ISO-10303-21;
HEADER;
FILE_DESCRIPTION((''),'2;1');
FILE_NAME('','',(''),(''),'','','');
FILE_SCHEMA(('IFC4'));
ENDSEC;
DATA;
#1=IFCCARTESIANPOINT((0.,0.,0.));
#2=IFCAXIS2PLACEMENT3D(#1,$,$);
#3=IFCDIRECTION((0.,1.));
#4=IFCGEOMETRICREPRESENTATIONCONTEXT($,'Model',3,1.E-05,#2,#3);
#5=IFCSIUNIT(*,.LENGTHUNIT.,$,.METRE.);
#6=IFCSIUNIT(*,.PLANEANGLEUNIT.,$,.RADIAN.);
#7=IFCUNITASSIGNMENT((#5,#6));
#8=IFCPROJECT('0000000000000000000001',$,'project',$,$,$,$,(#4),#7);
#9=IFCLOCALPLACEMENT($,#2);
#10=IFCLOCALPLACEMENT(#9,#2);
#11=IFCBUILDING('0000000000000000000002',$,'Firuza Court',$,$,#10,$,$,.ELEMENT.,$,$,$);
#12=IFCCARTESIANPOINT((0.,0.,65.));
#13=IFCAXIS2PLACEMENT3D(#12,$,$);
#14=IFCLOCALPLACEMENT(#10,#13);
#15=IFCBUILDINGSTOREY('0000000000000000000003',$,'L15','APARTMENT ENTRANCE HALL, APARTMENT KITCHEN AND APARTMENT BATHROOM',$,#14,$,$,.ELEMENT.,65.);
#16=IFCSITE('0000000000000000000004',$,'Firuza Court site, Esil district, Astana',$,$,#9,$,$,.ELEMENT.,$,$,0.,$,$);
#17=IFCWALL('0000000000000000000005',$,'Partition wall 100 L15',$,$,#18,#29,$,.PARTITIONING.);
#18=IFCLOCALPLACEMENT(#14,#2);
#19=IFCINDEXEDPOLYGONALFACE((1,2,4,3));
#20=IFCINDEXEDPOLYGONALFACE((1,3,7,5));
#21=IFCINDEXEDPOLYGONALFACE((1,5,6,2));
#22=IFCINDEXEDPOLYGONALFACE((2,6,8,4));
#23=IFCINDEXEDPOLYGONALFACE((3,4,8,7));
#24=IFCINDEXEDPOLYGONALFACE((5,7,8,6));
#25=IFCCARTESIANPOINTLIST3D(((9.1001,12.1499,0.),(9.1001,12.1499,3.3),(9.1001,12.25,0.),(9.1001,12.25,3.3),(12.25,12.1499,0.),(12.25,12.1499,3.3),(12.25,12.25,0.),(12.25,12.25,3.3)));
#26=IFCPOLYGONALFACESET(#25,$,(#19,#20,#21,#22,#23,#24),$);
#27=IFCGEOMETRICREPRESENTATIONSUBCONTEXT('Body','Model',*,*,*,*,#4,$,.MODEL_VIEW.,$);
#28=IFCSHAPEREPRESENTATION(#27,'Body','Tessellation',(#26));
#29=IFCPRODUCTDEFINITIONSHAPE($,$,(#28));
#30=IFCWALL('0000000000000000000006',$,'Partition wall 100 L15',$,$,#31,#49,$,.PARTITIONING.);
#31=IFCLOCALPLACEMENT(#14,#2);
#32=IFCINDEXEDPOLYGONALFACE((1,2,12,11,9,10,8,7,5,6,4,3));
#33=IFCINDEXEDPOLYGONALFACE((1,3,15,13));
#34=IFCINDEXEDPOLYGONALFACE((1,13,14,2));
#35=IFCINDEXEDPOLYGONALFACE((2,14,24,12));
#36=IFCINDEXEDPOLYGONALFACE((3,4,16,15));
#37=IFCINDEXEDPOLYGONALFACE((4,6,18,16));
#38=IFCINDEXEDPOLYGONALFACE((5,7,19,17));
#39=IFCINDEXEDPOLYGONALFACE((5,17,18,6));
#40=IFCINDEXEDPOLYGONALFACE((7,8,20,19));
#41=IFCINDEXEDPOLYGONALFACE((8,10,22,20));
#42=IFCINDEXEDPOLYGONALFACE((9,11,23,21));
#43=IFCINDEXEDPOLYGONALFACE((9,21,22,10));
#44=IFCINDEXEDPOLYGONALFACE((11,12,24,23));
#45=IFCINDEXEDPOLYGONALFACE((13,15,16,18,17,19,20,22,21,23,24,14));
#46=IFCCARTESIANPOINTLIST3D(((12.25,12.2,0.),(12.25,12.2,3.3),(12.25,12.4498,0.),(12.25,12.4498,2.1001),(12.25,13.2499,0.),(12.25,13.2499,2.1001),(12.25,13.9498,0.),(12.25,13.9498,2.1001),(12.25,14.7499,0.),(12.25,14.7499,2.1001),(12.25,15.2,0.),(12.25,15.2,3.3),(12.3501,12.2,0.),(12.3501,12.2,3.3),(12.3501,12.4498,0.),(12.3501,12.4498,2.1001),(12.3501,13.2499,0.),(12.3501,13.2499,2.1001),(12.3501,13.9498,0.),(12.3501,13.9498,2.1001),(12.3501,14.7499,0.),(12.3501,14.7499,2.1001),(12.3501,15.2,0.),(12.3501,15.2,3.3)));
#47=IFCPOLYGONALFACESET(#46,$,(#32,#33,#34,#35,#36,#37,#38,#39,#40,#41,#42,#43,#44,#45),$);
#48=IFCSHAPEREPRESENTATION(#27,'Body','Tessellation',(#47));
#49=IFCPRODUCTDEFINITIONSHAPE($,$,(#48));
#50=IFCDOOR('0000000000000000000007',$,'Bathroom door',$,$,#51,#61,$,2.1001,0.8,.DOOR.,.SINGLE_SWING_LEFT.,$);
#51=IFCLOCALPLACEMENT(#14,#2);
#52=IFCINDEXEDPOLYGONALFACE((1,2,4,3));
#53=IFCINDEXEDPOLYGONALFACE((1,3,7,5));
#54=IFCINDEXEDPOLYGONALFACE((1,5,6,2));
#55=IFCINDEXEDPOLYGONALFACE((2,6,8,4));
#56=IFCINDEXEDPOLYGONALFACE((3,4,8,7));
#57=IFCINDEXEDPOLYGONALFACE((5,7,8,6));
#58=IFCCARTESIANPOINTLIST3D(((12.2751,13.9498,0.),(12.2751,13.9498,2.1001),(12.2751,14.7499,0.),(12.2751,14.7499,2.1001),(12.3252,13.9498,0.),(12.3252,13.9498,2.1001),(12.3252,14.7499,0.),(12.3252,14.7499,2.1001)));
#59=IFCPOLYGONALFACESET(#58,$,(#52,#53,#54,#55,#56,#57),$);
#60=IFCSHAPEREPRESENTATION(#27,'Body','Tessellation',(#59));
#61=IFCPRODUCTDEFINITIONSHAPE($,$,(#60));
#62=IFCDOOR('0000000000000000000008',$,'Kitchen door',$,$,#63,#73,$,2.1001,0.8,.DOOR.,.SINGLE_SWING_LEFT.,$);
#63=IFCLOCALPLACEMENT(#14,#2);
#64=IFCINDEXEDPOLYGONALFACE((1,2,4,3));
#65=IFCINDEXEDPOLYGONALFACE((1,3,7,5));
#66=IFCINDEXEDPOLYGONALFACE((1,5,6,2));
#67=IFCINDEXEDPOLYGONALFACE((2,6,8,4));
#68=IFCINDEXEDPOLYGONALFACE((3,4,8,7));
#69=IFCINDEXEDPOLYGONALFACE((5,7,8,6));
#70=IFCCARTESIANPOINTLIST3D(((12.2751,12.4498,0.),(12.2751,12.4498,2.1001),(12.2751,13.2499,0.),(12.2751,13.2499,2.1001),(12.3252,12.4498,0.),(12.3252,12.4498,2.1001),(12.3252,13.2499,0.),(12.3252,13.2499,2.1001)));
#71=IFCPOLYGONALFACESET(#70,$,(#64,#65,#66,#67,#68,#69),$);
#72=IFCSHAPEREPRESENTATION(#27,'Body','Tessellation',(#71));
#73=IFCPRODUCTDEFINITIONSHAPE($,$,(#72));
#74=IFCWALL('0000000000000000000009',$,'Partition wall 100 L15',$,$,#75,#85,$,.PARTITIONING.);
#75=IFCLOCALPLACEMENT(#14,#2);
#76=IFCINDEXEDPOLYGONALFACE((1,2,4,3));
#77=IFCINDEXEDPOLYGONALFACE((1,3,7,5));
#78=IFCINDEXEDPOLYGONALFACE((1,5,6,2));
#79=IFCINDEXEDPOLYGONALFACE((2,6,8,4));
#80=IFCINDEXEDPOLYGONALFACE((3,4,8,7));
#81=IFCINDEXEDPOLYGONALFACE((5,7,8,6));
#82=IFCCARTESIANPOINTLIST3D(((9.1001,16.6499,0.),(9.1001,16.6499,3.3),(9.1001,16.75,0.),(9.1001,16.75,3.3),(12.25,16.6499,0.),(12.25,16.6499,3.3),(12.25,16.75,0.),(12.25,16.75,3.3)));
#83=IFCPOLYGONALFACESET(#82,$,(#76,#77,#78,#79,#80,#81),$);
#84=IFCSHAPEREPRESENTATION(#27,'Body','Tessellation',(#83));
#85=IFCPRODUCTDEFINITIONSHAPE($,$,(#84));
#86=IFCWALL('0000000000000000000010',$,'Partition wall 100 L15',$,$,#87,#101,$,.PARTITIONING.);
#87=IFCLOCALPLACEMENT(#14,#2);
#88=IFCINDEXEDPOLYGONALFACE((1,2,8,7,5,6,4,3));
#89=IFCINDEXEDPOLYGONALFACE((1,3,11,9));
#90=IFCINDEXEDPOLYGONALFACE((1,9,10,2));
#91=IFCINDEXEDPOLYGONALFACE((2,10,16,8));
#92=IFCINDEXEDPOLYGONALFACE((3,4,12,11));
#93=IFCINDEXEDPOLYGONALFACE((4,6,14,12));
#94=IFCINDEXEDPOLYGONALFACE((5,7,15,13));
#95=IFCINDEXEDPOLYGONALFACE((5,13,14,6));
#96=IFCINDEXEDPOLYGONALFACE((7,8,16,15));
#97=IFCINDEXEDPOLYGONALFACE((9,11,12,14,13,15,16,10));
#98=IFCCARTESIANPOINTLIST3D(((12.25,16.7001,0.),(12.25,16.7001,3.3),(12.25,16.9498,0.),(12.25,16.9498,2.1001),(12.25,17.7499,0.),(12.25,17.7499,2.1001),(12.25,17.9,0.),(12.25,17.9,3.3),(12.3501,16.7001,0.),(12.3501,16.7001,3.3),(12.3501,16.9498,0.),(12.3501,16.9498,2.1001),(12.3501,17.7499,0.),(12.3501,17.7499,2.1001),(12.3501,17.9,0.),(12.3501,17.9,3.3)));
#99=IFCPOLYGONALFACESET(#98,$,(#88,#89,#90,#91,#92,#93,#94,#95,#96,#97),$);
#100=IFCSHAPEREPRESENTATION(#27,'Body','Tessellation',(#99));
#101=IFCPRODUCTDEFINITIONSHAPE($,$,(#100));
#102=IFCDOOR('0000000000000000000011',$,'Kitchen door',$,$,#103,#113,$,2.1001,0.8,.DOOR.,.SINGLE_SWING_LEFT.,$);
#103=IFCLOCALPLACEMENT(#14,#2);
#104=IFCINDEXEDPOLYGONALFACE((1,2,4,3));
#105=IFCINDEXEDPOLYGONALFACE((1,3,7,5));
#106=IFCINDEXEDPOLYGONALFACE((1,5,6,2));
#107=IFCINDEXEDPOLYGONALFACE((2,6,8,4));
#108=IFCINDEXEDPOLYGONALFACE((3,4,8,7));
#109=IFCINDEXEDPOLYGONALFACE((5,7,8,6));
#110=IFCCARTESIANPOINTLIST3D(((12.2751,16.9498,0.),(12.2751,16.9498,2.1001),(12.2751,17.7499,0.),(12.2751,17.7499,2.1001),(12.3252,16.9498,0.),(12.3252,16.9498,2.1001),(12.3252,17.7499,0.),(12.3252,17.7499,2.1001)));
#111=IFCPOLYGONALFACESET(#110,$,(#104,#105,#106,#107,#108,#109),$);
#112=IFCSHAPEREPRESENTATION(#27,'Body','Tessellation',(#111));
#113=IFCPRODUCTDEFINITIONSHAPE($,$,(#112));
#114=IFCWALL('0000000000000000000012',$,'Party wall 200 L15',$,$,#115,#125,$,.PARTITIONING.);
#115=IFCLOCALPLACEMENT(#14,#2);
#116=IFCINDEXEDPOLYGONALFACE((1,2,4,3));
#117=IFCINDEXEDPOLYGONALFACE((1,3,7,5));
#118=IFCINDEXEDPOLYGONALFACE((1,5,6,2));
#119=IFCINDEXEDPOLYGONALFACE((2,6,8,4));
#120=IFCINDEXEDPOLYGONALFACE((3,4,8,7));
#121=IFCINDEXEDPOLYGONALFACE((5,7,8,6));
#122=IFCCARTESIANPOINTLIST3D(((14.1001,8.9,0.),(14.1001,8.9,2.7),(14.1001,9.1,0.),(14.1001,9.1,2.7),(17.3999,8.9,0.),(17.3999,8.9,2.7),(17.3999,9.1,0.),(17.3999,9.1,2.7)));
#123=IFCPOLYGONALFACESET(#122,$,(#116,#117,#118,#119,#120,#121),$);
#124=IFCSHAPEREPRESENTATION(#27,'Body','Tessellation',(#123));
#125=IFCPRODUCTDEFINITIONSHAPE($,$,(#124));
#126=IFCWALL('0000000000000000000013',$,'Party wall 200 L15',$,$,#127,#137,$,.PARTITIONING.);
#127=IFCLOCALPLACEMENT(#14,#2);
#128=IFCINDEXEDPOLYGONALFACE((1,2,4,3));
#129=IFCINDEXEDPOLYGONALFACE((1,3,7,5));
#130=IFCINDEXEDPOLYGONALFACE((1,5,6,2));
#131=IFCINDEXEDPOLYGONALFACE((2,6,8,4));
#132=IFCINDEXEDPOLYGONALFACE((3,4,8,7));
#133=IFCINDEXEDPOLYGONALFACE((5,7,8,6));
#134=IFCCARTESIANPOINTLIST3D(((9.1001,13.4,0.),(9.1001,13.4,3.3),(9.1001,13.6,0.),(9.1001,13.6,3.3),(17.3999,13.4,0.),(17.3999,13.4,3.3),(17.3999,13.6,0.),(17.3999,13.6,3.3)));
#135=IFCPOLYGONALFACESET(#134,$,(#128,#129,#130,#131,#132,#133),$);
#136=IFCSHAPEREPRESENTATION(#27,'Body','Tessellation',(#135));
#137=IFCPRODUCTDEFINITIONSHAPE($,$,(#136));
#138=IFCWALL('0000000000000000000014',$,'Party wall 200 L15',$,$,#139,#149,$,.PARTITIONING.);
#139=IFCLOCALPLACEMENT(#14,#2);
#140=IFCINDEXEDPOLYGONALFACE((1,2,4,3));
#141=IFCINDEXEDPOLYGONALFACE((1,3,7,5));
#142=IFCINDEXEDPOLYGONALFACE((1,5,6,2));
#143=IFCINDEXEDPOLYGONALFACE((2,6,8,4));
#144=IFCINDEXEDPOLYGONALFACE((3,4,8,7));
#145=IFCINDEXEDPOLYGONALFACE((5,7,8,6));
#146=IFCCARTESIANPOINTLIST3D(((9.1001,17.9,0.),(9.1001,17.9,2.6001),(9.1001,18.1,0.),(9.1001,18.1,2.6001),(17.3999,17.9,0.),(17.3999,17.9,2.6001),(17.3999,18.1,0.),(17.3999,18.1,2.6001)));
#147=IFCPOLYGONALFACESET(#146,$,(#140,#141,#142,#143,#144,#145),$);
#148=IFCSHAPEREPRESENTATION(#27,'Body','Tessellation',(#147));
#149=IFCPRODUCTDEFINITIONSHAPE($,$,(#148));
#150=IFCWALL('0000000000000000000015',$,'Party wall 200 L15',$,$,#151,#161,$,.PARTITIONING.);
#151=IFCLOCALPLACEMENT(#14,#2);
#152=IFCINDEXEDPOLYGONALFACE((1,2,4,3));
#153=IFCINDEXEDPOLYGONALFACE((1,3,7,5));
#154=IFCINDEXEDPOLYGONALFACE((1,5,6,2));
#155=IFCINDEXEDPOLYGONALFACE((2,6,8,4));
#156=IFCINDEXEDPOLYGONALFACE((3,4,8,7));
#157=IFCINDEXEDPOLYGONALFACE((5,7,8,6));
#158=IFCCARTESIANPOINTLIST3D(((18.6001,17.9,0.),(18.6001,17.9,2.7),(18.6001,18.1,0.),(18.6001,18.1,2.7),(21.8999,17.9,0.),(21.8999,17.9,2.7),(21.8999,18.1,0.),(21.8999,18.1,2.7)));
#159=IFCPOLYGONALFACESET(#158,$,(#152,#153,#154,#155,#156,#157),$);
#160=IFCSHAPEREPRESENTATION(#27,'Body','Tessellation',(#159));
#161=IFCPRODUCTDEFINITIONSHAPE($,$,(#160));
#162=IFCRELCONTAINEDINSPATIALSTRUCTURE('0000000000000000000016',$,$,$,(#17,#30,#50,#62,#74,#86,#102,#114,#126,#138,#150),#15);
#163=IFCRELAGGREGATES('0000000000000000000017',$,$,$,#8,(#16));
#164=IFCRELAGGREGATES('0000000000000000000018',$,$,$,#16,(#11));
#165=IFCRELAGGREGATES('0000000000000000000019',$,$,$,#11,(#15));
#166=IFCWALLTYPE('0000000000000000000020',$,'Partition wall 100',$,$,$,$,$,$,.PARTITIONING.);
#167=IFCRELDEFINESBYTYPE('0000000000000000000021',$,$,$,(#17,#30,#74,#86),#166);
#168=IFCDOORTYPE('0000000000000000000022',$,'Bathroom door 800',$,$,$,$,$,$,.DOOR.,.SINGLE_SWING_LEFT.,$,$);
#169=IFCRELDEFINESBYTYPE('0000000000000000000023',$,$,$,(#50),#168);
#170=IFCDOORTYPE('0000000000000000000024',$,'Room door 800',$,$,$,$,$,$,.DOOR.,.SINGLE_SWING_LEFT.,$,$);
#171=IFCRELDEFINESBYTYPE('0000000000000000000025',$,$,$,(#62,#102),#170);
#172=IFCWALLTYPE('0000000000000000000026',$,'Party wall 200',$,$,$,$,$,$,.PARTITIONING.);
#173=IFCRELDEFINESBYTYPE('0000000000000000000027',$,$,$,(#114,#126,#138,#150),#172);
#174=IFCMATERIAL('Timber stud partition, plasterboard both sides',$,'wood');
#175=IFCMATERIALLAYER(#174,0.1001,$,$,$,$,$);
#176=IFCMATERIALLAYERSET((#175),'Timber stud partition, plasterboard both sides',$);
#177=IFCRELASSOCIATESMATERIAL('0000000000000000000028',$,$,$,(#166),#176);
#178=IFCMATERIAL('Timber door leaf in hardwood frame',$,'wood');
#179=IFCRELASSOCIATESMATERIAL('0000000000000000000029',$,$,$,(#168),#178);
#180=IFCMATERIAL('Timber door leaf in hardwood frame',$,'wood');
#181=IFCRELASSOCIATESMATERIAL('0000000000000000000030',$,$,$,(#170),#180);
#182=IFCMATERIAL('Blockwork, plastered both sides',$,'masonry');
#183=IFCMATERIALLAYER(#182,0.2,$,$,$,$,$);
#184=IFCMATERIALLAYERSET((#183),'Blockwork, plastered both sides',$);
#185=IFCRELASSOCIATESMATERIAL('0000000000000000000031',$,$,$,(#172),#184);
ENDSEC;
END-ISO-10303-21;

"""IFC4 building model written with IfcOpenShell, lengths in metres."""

from ifc_helpers import new_model, si_unit, direction, frame, frame_2d, origin, place, context, subcontext, project, spatial, rectangle, extrude, material, layer, layer_set, type_object, element, fill, save


model = new_model("IFC4")

# Units and contexts
model_context = context("Model", 3, precision=1e-05, world=origin(), true_north=direction((0.0, 1.0)))
body_context = subcontext(model_context, "Body", "Model", "MODEL_VIEW")
ifc_project = project(units=[si_unit("LENGTHUNIT", "METRE"), si_unit("PLANEANGLEUNIT", "RADIAN")], contexts=[model_context])

# Site, building, storey
site_placement = place(None, origin())
site = spatial("IfcSite", under=ifc_project, at=site_placement, Name="Firuza Court site, Esil district, Astana", CompositionType="ELEMENT", RefElevation=0.0)
building_placement = place(site_placement, origin())
building = spatial("IfcBuilding", under=site, at=building_placement, Name="Firuza Court", CompositionType="ELEMENT")
storey_placement = place(building_placement, frame((0.0, 0.0, 65.0)))
storey = spatial("IfcBuildingStorey", under=building, at=storey_placement, Name="L15", Description="APARTMENT ENTRANCE HALL, APARTMENT KITCHEN AND APARTMENT BATHROOM", CompositionType="ELEMENT", Elevation=65.0)

# Shared definitions
ifc_material_1 = material(Name="Timber stud partition, plasterboard both sides", Category="wood")
ifc_layer_1 = layer(ifc_material_1, 0.1001)
ifc_layer_set_1 = layer_set([ifc_layer_1], Name="Timber stud partition, plasterboard both sides")
wall_type_1 = type_object("IfcWallType", Name="Partition wall 100", PredefinedType="PARTITIONING", material=ifc_layer_set_1)
ifc_material_2 = material(Name="Timber door leaf in hardwood frame", Category="wood")
door_type_1 = type_object("IfcDoorType", Name="Bathroom door 800", OperationType="SINGLE_SWING_LEFT", PredefinedType="DOOR", material=ifc_material_2)

# Wall
wall_1_placement = place(storey_placement, frame((9.1001, 12.2, 0.0), z_axis=(0.0, 0.0, 1.0), x_axis=(1.0, 0.0, 0.0)))
element("IfcWall", 1, at=wall_1_placement, inside=storey, type_object=wall_type_1, Name="Partition wall 100 L15", PredefinedType="PARTITIONING", context=body_context, shape_type="SweptSolid", body=[
    extrude(rectangle(XDim=3.1499, YDim=0.1001, at=frame_2d((1.575, 0.0))), origin(), (0.0, 0.0, 1.0), 3.3),
])

# Wall, openings, doors
wall_2_placement = place(storey_placement, frame((12.3, 12.2, 0.0), z_axis=(0.0, 0.0, 1.0), x_axis=(0.0, 1.0, 0.0)))
wall_2 = element("IfcWall", 2, at=wall_2_placement, inside=storey, type_object=wall_type_1, Name="Partition wall 100 L15", PredefinedType="PARTITIONING", context=body_context, shape_type="SweptSolid", body=[
    extrude(rectangle(XDim=3.0, YDim=0.1001, at=frame_2d((1.5, 0.0))), origin(), (0.0, 0.0, 1.0), 3.3),
])
opening_1_placement = place(wall_2_placement, frame((1.75, 0.0, 0.0)))
opening_1 = element("IfcOpeningElement", 3, at=opening_1_placement, cuts=wall_2, PredefinedType="OPENING", context=body_context, shape_type="SweptSolid", body=[
    extrude(rectangle(XDim=0.8, YDim=2.1001, at=frame_2d((0.3999, 1.05))), frame((0.0, 0.062, 0.0), z_axis=(0.0, -1.0, 0.0), x_axis=(1.0, 0.0, 0.0)), (0.0, 0.0, 1.0), 0.124),
])
opening_2_placement = place(wall_2_placement, frame((0.25, 0.0, 0.0)))
opening_2 = element("IfcOpeningElement", 4, at=opening_2_placement, cuts=wall_2, PredefinedType="OPENING", context=body_context, shape_type="SweptSolid", body=[
    extrude(rectangle(XDim=0.8, YDim=2.1001, at=frame_2d((0.3999, 1.05))), frame((0.0, 0.062, 0.0), z_axis=(0.0, -1.0, 0.0), x_axis=(1.0, 0.0, 0.0)), (0.0, 0.0, 1.0), 0.124),
])
door_1_placement = place(opening_1_placement, origin())
door_1 = element("IfcDoor", 5, at=door_1_placement, inside=storey, type_object=door_type_1, Name="Bathroom door", OperationType="SINGLE_SWING_LEFT", OverallHeight=2.1001, OverallWidth=0.8, PredefinedType="DOOR", context=body_context, shape_type="SweptSolid", body=[
    extrude(rectangle(XDim=0.8, YDim=2.1001, at=frame_2d((0.3999, 1.05))), frame((0.0, 0.0249, 0.0), z_axis=(0.0, -1.0, 0.0), x_axis=(1.0, 0.0, 0.0)), (0.0, 0.0, 1.0), 0.05),
])
fill(opening_1, door_1)
ifc_material_3 = material(Name="Timber door leaf in hardwood frame", Category="wood")
door_type_2 = type_object("IfcDoorType", Name="Room door 800", OperationType="SINGLE_SWING_LEFT", PredefinedType="DOOR", material=ifc_material_3)
door_2_placement = place(opening_2_placement, origin())
door_2 = element("IfcDoor", 6, at=door_2_placement, inside=storey, type_object=door_type_2, Name="Kitchen door", OperationType="SINGLE_SWING_LEFT", OverallHeight=2.1001, OverallWidth=0.8, PredefinedType="DOOR", context=body_context, shape_type="SweptSolid", body=[
    extrude(rectangle(XDim=0.8, YDim=2.1001, at=frame_2d((0.3999, 1.05))), frame((0.0, 0.0249, 0.0), z_axis=(0.0, -1.0, 0.0), x_axis=(1.0, 0.0, 0.0)), (0.0, 0.0, 1.0), 0.05),
])
fill(opening_2, door_2)

# Wall
wall_3_placement = place(storey_placement, frame((9.1001, 16.7, 0.0), z_axis=(0.0, 0.0, 1.0), x_axis=(1.0, 0.0, 0.0)))
element("IfcWall", 7, at=wall_3_placement, inside=storey, type_object=wall_type_1, Name="Partition wall 100 L15", PredefinedType="PARTITIONING", context=body_context, shape_type="SweptSolid", body=[
    extrude(rectangle(XDim=3.1499, YDim=0.1001, at=frame_2d((1.575, 0.0))), origin(), (0.0, 0.0, 1.0), 3.3),
])

# Wall, opening, door
wall_4_placement = place(storey_placement, frame((12.3, 16.7, 0.0), z_axis=(0.0, 0.0, 1.0), x_axis=(0.0, 1.0, 0.0)))
wall_4 = element("IfcWall", 8, at=wall_4_placement, inside=storey, type_object=wall_type_1, Name="Partition wall 100 L15", PredefinedType="PARTITIONING", context=body_context, shape_type="SweptSolid", body=[
    extrude(rectangle(XDim=1.2, YDim=0.1001, at=frame_2d((0.6001, 0.0))), origin(), (0.0, 0.0, 1.0), 3.3),
])
opening_3_placement = place(wall_4_placement, frame((0.25, 0.0, 0.0)))
opening_3 = element("IfcOpeningElement", 9, at=opening_3_placement, cuts=wall_4, PredefinedType="OPENING", context=body_context, shape_type="SweptSolid", body=[
    extrude(rectangle(XDim=0.8, YDim=2.1001, at=frame_2d((0.3999, 1.05))), frame((0.0, 0.062, 0.0), z_axis=(0.0, -1.0, 0.0), x_axis=(1.0, 0.0, 0.0)), (0.0, 0.0, 1.0), 0.124),
])
door_3_placement = place(opening_3_placement, origin())
door_3 = element("IfcDoor", 10, at=door_3_placement, inside=storey, type_object=door_type_2, Name="Kitchen door", OperationType="SINGLE_SWING_LEFT", OverallHeight=2.1001, OverallWidth=0.8, PredefinedType="DOOR", context=body_context, shape_type="SweptSolid", body=[
    extrude(rectangle(XDim=0.8, YDim=2.1001, at=frame_2d((0.3999, 1.05))), frame((0.0, 0.0249, 0.0), z_axis=(0.0, -1.0, 0.0), x_axis=(1.0, 0.0, 0.0)), (0.0, 0.0, 1.0), 0.05),
])
fill(opening_3, door_3)

# Walls
ifc_material_4 = material(Name="Blockwork, plastered both sides", Category="masonry")
ifc_layer_2 = layer(ifc_material_4, 0.2)
ifc_layer_set_2 = layer_set([ifc_layer_2], Name="Blockwork, plastered both sides")
wall_type_2 = type_object("IfcWallType", Name="Party wall 200", PredefinedType="PARTITIONING", material=ifc_layer_set_2)
wall_5_placement = place(storey_placement, frame((14.1001, 9.0, 0.0), z_axis=(0.0, 0.0, 1.0), x_axis=(1.0, 0.0, 0.0)))
element("IfcWall", 11, at=wall_5_placement, inside=storey, type_object=wall_type_2, Name="Party wall 200 L15", PredefinedType="PARTITIONING", context=body_context, shape_type="SweptSolid", body=[
    extrude(rectangle(XDim=3.2998, YDim=0.2, at=frame_2d((1.6499, 0.0))), origin(), (0.0, 0.0, 1.0), 2.7),
])
wall_6_placement = place(storey_placement, frame((9.1001, 13.5, 0.0), z_axis=(0.0, 0.0, 1.0), x_axis=(1.0, 0.0, 0.0)))
element("IfcWall", 12, at=wall_6_placement, inside=storey, type_object=wall_type_2, Name="Party wall 200 L15", PredefinedType="PARTITIONING", context=body_context, shape_type="SweptSolid", body=[
    extrude(rectangle(XDim=8.2998, YDim=0.2, at=frame_2d((4.1499, 0.0))), origin(), (0.0, 0.0, 1.0), 3.3),
])
wall_7_placement = place(storey_placement, frame((9.1001, 18.0, 0.0), z_axis=(0.0, 0.0, 1.0), x_axis=(1.0, 0.0, 0.0)))
element("IfcWall", 13, at=wall_7_placement, inside=storey, type_object=wall_type_2, Name="Party wall 200 L15", PredefinedType="PARTITIONING", context=body_context, shape_type="SweptSolid", body=[
    extrude(rectangle(XDim=8.2998, YDim=0.2, at=frame_2d((4.1499, 0.0))), origin(), (0.0, 0.0, 1.0), 2.6001),
])
wall_8_placement = place(storey_placement, frame((18.6001, 18.0, 0.0), z_axis=(0.0, 0.0, 1.0), x_axis=(1.0, 0.0, 0.0)))
element("IfcWall", 14, at=wall_8_placement, inside=storey, type_object=wall_type_2, Name="Party wall 200 L15", PredefinedType="PARTITIONING", context=body_context, shape_type="SweptSolid", body=[
    extrude(rectangle(XDim=3.2998, YDim=0.2, at=frame_2d((1.6499, 0.0))), origin(), (0.0, 0.0, 1.0), 2.7),
])

save(model, "model.ifc")
